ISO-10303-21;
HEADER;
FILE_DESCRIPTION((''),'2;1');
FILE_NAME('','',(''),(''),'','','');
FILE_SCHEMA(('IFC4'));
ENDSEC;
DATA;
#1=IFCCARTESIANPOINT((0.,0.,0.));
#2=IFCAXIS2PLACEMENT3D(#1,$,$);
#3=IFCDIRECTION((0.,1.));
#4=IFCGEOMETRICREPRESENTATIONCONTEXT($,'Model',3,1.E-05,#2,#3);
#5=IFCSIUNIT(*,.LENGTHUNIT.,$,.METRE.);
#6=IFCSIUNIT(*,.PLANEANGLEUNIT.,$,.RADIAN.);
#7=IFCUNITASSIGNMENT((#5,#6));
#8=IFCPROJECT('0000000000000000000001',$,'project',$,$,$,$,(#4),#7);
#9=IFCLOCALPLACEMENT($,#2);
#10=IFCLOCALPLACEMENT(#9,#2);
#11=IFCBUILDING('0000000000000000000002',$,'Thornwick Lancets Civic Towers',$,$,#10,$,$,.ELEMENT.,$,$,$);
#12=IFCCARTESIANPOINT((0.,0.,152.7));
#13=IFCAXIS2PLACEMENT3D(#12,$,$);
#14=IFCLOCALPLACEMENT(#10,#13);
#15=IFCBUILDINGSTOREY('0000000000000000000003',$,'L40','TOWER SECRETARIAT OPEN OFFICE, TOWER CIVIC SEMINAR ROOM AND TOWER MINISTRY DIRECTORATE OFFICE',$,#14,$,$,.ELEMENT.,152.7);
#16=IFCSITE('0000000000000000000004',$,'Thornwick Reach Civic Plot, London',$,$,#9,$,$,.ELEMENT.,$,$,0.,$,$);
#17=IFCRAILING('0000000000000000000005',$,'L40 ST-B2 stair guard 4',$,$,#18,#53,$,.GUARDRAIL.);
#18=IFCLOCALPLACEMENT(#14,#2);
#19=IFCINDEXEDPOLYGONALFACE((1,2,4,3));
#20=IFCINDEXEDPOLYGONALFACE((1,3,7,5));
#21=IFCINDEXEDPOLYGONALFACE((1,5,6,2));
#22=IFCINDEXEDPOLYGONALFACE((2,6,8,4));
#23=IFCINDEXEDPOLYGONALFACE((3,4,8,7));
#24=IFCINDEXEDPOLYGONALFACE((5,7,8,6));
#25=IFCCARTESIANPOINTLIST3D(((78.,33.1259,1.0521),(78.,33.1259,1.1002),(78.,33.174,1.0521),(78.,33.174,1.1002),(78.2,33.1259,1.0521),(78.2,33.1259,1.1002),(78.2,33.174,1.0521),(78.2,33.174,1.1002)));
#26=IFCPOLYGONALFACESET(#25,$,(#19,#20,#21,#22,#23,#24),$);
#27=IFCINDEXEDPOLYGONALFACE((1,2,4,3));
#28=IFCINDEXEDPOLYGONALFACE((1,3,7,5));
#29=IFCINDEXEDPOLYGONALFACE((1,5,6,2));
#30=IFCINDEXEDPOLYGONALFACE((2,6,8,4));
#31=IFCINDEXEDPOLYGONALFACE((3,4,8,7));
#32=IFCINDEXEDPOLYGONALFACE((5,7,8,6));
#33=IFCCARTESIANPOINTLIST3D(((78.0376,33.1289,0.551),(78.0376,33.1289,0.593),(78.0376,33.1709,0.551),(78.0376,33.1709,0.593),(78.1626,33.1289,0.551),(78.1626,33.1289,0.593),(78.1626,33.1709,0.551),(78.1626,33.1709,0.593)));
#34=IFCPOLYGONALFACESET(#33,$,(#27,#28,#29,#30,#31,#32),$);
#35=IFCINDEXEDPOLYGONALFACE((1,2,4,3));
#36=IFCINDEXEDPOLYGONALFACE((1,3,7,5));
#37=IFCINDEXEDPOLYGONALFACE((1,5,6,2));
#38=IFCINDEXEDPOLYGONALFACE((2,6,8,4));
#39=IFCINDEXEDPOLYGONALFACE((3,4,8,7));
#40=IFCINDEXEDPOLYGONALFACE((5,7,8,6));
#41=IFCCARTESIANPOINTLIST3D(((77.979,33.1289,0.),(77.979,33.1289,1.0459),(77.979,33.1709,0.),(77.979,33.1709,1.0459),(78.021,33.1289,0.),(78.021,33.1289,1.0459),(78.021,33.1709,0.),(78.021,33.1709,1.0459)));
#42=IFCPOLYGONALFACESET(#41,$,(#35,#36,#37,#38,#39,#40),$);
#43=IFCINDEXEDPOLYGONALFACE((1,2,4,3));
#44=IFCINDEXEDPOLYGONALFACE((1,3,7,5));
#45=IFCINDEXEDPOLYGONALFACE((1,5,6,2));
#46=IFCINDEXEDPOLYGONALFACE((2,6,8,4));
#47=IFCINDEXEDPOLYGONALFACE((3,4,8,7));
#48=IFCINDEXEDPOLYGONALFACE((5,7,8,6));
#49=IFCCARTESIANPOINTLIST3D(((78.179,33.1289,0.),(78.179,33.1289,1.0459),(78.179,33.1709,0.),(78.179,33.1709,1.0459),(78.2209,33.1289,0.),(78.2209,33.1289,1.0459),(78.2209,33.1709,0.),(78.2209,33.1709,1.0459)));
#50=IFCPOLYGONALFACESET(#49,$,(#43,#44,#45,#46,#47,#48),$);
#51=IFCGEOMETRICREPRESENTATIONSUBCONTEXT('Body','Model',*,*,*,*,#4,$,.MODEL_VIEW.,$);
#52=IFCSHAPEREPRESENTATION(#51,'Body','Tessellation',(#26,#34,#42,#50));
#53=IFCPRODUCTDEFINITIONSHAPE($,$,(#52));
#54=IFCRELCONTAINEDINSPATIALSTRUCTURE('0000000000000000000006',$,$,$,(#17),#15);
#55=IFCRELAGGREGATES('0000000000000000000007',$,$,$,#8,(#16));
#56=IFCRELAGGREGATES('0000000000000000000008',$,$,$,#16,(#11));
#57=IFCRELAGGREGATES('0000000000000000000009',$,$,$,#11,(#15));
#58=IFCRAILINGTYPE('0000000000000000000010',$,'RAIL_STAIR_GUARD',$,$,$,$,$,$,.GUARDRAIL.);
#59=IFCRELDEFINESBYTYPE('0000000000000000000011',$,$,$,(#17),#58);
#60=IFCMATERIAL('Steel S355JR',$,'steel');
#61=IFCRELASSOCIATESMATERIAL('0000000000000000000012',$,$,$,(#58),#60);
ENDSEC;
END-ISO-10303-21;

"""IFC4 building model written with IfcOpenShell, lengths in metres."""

from ifc_helpers import new_model, si_unit, direction, frame, origin, origin_2d, place, context, subcontext, project, spatial, rectangle, extrude, material, type_object, element, save


model = new_model("IFC4")

# Units and contexts
model_context = context("Model", 3, precision=1e-05, world=origin(), true_north=direction((0.0, 1.0)))
body_context = subcontext(model_context, "Body", "Model", "MODEL_VIEW")
ifc_project = project(units=[si_unit("LENGTHUNIT", "METRE"), si_unit("PLANEANGLEUNIT", "RADIAN")], contexts=[model_context])

# Site, building, storey
site_placement = place(None, origin())
site = spatial("IfcSite", under=ifc_project, at=site_placement, Name="Thornwick Reach Civic Plot, London", CompositionType="ELEMENT", RefElevation=0.0)
building_placement = place(site_placement, origin())
building = spatial("IfcBuilding", under=site, at=building_placement, Name="Thornwick Lancets Civic Towers", CompositionType="ELEMENT")
storey_placement = place(building_placement, frame((0.0, 0.0, 152.7)))
storey = spatial("IfcBuildingStorey", under=building, at=storey_placement, Name="L40", Description="TOWER SECRETARIAT OPEN OFFICE, TOWER CIVIC SEMINAR ROOM AND TOWER MINISTRY DIRECTORATE OFFICE", CompositionType="ELEMENT", Elevation=152.7)

# Shared definitions
ifc_material_1 = material(Name="Steel S355JR", Category="steel")

# Railing
railing_type_1 = type_object("IfcRailingType", Name="RAIL_STAIR_GUARD", PredefinedType="GUARDRAIL", material=ifc_material_1)
railing_1_placement = place(storey_placement, frame((78.0, 33.1499, 0.0)))
element("IfcRailing", 1, at=railing_1_placement, inside=storey, type_object=railing_type_1, Name="L40 ST-B2 stair guard 4", PredefinedType="GUARDRAIL", context=body_context, shape_type="SweptSolid", body=[
    extrude(rectangle(XDim=0.0481, YDim=0.0481, at=origin_2d()), frame((0.0, 0.0, 1.0762), z_axis=(1.0, 0.0, 0.0), x_axis=(0.0, 1.0, 0.0)), (0.0, 0.0, 1.0), 0.2),
    extrude(rectangle(XDim=0.042, YDim=0.042, at=origin_2d()), frame((0.0376, 0.0, 0.572), z_axis=(1.0, 0.0, 0.0), x_axis=(0.0, 1.0, 0.0)), (0.0, 0.0, 1.0), 0.125),
    extrude(rectangle(XDim=0.042, YDim=0.042, at=origin_2d()), origin(), (0.0, 0.0, 1.0), 1.0459),
    extrude(rectangle(XDim=0.042, YDim=0.042, at=origin_2d()), frame((0.2, 0.0, 0.0)), (0.0, 0.0, 1.0), 1.0459),
])

save(model, "model.ifc")
